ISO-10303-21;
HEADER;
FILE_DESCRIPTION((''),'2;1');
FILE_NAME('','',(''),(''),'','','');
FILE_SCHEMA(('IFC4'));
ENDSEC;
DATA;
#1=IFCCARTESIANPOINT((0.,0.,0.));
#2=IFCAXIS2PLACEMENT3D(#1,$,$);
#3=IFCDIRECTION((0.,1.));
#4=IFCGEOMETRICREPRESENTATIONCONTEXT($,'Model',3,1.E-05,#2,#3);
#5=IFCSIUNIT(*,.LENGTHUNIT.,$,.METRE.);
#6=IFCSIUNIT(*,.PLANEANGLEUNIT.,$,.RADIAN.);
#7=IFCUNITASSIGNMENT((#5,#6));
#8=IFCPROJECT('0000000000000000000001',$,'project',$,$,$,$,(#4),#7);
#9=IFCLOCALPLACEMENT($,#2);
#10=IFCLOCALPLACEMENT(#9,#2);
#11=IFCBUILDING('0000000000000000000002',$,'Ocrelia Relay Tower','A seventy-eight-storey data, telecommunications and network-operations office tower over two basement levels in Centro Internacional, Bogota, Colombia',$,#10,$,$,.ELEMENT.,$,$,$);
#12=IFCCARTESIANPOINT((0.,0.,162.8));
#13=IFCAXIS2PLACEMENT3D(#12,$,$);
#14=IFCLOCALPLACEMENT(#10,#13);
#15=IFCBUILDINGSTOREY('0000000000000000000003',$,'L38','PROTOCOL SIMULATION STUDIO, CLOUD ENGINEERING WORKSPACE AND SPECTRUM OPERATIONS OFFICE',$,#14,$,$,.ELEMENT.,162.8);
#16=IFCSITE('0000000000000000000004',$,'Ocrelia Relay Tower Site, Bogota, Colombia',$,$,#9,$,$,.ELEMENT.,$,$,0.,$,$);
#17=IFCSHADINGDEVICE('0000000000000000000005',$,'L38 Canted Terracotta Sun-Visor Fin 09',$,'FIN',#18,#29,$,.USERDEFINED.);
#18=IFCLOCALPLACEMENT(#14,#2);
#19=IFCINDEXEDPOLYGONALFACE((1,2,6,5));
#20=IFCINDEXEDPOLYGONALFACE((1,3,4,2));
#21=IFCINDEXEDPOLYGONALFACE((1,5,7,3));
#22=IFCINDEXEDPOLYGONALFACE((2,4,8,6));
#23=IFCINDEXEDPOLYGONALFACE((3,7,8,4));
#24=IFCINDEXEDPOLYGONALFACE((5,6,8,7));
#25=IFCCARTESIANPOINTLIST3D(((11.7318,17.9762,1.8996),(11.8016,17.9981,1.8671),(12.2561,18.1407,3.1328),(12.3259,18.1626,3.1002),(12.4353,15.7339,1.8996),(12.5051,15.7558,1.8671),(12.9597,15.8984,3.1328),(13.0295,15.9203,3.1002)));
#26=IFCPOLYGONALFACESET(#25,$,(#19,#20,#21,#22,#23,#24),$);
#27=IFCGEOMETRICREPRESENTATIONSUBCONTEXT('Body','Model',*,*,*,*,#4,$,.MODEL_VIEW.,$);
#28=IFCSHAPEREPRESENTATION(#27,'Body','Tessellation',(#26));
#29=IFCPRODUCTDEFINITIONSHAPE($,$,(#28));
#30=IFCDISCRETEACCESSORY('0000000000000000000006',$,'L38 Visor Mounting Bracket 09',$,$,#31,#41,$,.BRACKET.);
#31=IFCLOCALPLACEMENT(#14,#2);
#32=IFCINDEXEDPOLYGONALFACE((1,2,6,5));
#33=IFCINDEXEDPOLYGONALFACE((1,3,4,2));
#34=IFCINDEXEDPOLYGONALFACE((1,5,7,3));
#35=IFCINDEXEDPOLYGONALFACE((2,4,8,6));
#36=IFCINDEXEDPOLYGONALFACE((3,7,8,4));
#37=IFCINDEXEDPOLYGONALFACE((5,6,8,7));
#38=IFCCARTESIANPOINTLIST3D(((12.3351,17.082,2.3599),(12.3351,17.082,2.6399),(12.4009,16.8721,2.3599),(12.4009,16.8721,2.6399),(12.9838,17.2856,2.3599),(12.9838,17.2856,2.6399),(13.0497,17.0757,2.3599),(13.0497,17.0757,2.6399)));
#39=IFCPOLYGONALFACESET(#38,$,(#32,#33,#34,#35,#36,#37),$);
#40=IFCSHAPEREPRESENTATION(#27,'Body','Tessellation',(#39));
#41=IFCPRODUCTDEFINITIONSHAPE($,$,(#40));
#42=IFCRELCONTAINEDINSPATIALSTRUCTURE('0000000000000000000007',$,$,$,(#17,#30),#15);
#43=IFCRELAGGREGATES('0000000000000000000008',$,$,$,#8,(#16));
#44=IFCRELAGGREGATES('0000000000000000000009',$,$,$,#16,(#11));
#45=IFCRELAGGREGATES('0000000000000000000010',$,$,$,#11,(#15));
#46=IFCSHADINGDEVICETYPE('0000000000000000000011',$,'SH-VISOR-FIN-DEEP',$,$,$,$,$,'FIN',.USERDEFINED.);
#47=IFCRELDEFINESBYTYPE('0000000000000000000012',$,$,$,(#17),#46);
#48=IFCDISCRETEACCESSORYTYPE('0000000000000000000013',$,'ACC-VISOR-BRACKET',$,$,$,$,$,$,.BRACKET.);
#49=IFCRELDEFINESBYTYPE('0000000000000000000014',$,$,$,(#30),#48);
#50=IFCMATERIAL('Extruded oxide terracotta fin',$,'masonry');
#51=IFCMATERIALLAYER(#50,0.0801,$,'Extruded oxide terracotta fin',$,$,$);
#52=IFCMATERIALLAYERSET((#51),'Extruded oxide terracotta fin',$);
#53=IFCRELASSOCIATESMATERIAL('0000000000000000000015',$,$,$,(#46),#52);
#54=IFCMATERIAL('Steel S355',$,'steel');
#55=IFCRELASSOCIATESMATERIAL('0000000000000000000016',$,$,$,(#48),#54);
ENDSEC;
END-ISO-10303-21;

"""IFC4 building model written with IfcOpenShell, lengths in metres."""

from ifc_helpers import new_model, si_unit, direction, frame, origin, origin_2d, place, context, subcontext, project, spatial, rectangle, extrude, material, layer, layer_set, type_object, element, save


model = new_model("IFC4")

# Units and contexts
model_context = context("Model", 3, precision=1e-05, world=origin(), true_north=direction((0.0, 1.0)))
body_context = subcontext(model_context, "Body", "Model", "MODEL_VIEW")
ifc_project = project(units=[si_unit("LENGTHUNIT", "METRE"), si_unit("PLANEANGLEUNIT", "RADIAN")], contexts=[model_context])

# Site, building, storey
site_placement = place(None, origin())
site = spatial("IfcSite", under=ifc_project, at=site_placement, Name="Ocrelia Relay Tower Site, Bogota, Colombia", CompositionType="ELEMENT", RefElevation=0.0)
building_placement = place(site_placement, origin())
building = spatial("IfcBuilding", under=site, at=building_placement, Name="Ocrelia Relay Tower", Description="A seventy-eight-storey data, telecommunications and network-operations office tower over two basement levels in Centro Internacional, Bogota, Colombia", CompositionType="ELEMENT")
storey_placement = place(building_placement, frame((0.0, 0.0, 162.8)))
storey = spatial("IfcBuildingStorey", under=building, at=storey_placement, Name="L38", Description="PROTOCOL SIMULATION STUDIO, CLOUD ENGINEERING WORKSPACE AND SPECTRUM OPERATIONS OFFICE", CompositionType="ELEMENT", Elevation=162.8)

# Shading device
ifc_material_1 = material(Name="Extruded oxide terracotta fin", Category="masonry")
ifc_layer_1 = layer(ifc_material_1, 0.0801, Name="Extruded oxide terracotta fin")
ifc_layer_set_1 = layer_set([ifc_layer_1], Name="Extruded oxide terracotta fin")
shading_device_type = type_object("IfcShadingDeviceType", Name="SH-VISOR-FIN-DEEP", ElementType="FIN", PredefinedType="USERDEFINED", material=ifc_layer_set_1)
shading_device_placement = place(storey_placement, frame((12.4155, 16.9592, 2.4836), z_axis=(-0.871511, -0.27345, 0.407056), x_axis=(0.299375, -0.954136, 0.0)))
element("IfcShadingDevice", 1, at=shading_device_placement, inside=storey, type_object=shading_device_type, Name="L38 Canted Terracotta Sun-Visor Fin 09", ObjectType="FIN", PredefinedType="USERDEFINED", context=body_context, shape_type="SweptSolid", body=[
    extrude(rectangle(XDim=2.3501, YDim=1.3501, at=origin_2d()), origin(), (0.0, 0.0, 1.0), 0.0801),
])

# Discrete accessory
ifc_material_2 = material(Name="Steel S355", Category="steel")
discrete_accessory_type = type_object("IfcDiscreteAccessoryType", Name="ACC-VISOR-BRACKET", PredefinedType="BRACKET", material=ifc_material_2)
discrete_accessory_placement = place(storey_placement, frame((12.6924, 17.0789, 2.3599), z_axis=(0.0, 0.0, 1.0), x_axis=(0.299375, -0.954136, 0.0)))
element("IfcDiscreteAccessory", 2, at=discrete_accessory_placement, inside=storey, type_object=discrete_accessory_type, Name="L38 Visor Mounting Bracket 09", PredefinedType="BRACKET", context=body_context, shape_type="SweptSolid", body=[
    extrude(rectangle(XDim=0.22, YDim=0.6799, at=origin_2d()), origin(), (0.0, 0.0, 1.0), 0.28),
])

save(model, "model.ifc")
